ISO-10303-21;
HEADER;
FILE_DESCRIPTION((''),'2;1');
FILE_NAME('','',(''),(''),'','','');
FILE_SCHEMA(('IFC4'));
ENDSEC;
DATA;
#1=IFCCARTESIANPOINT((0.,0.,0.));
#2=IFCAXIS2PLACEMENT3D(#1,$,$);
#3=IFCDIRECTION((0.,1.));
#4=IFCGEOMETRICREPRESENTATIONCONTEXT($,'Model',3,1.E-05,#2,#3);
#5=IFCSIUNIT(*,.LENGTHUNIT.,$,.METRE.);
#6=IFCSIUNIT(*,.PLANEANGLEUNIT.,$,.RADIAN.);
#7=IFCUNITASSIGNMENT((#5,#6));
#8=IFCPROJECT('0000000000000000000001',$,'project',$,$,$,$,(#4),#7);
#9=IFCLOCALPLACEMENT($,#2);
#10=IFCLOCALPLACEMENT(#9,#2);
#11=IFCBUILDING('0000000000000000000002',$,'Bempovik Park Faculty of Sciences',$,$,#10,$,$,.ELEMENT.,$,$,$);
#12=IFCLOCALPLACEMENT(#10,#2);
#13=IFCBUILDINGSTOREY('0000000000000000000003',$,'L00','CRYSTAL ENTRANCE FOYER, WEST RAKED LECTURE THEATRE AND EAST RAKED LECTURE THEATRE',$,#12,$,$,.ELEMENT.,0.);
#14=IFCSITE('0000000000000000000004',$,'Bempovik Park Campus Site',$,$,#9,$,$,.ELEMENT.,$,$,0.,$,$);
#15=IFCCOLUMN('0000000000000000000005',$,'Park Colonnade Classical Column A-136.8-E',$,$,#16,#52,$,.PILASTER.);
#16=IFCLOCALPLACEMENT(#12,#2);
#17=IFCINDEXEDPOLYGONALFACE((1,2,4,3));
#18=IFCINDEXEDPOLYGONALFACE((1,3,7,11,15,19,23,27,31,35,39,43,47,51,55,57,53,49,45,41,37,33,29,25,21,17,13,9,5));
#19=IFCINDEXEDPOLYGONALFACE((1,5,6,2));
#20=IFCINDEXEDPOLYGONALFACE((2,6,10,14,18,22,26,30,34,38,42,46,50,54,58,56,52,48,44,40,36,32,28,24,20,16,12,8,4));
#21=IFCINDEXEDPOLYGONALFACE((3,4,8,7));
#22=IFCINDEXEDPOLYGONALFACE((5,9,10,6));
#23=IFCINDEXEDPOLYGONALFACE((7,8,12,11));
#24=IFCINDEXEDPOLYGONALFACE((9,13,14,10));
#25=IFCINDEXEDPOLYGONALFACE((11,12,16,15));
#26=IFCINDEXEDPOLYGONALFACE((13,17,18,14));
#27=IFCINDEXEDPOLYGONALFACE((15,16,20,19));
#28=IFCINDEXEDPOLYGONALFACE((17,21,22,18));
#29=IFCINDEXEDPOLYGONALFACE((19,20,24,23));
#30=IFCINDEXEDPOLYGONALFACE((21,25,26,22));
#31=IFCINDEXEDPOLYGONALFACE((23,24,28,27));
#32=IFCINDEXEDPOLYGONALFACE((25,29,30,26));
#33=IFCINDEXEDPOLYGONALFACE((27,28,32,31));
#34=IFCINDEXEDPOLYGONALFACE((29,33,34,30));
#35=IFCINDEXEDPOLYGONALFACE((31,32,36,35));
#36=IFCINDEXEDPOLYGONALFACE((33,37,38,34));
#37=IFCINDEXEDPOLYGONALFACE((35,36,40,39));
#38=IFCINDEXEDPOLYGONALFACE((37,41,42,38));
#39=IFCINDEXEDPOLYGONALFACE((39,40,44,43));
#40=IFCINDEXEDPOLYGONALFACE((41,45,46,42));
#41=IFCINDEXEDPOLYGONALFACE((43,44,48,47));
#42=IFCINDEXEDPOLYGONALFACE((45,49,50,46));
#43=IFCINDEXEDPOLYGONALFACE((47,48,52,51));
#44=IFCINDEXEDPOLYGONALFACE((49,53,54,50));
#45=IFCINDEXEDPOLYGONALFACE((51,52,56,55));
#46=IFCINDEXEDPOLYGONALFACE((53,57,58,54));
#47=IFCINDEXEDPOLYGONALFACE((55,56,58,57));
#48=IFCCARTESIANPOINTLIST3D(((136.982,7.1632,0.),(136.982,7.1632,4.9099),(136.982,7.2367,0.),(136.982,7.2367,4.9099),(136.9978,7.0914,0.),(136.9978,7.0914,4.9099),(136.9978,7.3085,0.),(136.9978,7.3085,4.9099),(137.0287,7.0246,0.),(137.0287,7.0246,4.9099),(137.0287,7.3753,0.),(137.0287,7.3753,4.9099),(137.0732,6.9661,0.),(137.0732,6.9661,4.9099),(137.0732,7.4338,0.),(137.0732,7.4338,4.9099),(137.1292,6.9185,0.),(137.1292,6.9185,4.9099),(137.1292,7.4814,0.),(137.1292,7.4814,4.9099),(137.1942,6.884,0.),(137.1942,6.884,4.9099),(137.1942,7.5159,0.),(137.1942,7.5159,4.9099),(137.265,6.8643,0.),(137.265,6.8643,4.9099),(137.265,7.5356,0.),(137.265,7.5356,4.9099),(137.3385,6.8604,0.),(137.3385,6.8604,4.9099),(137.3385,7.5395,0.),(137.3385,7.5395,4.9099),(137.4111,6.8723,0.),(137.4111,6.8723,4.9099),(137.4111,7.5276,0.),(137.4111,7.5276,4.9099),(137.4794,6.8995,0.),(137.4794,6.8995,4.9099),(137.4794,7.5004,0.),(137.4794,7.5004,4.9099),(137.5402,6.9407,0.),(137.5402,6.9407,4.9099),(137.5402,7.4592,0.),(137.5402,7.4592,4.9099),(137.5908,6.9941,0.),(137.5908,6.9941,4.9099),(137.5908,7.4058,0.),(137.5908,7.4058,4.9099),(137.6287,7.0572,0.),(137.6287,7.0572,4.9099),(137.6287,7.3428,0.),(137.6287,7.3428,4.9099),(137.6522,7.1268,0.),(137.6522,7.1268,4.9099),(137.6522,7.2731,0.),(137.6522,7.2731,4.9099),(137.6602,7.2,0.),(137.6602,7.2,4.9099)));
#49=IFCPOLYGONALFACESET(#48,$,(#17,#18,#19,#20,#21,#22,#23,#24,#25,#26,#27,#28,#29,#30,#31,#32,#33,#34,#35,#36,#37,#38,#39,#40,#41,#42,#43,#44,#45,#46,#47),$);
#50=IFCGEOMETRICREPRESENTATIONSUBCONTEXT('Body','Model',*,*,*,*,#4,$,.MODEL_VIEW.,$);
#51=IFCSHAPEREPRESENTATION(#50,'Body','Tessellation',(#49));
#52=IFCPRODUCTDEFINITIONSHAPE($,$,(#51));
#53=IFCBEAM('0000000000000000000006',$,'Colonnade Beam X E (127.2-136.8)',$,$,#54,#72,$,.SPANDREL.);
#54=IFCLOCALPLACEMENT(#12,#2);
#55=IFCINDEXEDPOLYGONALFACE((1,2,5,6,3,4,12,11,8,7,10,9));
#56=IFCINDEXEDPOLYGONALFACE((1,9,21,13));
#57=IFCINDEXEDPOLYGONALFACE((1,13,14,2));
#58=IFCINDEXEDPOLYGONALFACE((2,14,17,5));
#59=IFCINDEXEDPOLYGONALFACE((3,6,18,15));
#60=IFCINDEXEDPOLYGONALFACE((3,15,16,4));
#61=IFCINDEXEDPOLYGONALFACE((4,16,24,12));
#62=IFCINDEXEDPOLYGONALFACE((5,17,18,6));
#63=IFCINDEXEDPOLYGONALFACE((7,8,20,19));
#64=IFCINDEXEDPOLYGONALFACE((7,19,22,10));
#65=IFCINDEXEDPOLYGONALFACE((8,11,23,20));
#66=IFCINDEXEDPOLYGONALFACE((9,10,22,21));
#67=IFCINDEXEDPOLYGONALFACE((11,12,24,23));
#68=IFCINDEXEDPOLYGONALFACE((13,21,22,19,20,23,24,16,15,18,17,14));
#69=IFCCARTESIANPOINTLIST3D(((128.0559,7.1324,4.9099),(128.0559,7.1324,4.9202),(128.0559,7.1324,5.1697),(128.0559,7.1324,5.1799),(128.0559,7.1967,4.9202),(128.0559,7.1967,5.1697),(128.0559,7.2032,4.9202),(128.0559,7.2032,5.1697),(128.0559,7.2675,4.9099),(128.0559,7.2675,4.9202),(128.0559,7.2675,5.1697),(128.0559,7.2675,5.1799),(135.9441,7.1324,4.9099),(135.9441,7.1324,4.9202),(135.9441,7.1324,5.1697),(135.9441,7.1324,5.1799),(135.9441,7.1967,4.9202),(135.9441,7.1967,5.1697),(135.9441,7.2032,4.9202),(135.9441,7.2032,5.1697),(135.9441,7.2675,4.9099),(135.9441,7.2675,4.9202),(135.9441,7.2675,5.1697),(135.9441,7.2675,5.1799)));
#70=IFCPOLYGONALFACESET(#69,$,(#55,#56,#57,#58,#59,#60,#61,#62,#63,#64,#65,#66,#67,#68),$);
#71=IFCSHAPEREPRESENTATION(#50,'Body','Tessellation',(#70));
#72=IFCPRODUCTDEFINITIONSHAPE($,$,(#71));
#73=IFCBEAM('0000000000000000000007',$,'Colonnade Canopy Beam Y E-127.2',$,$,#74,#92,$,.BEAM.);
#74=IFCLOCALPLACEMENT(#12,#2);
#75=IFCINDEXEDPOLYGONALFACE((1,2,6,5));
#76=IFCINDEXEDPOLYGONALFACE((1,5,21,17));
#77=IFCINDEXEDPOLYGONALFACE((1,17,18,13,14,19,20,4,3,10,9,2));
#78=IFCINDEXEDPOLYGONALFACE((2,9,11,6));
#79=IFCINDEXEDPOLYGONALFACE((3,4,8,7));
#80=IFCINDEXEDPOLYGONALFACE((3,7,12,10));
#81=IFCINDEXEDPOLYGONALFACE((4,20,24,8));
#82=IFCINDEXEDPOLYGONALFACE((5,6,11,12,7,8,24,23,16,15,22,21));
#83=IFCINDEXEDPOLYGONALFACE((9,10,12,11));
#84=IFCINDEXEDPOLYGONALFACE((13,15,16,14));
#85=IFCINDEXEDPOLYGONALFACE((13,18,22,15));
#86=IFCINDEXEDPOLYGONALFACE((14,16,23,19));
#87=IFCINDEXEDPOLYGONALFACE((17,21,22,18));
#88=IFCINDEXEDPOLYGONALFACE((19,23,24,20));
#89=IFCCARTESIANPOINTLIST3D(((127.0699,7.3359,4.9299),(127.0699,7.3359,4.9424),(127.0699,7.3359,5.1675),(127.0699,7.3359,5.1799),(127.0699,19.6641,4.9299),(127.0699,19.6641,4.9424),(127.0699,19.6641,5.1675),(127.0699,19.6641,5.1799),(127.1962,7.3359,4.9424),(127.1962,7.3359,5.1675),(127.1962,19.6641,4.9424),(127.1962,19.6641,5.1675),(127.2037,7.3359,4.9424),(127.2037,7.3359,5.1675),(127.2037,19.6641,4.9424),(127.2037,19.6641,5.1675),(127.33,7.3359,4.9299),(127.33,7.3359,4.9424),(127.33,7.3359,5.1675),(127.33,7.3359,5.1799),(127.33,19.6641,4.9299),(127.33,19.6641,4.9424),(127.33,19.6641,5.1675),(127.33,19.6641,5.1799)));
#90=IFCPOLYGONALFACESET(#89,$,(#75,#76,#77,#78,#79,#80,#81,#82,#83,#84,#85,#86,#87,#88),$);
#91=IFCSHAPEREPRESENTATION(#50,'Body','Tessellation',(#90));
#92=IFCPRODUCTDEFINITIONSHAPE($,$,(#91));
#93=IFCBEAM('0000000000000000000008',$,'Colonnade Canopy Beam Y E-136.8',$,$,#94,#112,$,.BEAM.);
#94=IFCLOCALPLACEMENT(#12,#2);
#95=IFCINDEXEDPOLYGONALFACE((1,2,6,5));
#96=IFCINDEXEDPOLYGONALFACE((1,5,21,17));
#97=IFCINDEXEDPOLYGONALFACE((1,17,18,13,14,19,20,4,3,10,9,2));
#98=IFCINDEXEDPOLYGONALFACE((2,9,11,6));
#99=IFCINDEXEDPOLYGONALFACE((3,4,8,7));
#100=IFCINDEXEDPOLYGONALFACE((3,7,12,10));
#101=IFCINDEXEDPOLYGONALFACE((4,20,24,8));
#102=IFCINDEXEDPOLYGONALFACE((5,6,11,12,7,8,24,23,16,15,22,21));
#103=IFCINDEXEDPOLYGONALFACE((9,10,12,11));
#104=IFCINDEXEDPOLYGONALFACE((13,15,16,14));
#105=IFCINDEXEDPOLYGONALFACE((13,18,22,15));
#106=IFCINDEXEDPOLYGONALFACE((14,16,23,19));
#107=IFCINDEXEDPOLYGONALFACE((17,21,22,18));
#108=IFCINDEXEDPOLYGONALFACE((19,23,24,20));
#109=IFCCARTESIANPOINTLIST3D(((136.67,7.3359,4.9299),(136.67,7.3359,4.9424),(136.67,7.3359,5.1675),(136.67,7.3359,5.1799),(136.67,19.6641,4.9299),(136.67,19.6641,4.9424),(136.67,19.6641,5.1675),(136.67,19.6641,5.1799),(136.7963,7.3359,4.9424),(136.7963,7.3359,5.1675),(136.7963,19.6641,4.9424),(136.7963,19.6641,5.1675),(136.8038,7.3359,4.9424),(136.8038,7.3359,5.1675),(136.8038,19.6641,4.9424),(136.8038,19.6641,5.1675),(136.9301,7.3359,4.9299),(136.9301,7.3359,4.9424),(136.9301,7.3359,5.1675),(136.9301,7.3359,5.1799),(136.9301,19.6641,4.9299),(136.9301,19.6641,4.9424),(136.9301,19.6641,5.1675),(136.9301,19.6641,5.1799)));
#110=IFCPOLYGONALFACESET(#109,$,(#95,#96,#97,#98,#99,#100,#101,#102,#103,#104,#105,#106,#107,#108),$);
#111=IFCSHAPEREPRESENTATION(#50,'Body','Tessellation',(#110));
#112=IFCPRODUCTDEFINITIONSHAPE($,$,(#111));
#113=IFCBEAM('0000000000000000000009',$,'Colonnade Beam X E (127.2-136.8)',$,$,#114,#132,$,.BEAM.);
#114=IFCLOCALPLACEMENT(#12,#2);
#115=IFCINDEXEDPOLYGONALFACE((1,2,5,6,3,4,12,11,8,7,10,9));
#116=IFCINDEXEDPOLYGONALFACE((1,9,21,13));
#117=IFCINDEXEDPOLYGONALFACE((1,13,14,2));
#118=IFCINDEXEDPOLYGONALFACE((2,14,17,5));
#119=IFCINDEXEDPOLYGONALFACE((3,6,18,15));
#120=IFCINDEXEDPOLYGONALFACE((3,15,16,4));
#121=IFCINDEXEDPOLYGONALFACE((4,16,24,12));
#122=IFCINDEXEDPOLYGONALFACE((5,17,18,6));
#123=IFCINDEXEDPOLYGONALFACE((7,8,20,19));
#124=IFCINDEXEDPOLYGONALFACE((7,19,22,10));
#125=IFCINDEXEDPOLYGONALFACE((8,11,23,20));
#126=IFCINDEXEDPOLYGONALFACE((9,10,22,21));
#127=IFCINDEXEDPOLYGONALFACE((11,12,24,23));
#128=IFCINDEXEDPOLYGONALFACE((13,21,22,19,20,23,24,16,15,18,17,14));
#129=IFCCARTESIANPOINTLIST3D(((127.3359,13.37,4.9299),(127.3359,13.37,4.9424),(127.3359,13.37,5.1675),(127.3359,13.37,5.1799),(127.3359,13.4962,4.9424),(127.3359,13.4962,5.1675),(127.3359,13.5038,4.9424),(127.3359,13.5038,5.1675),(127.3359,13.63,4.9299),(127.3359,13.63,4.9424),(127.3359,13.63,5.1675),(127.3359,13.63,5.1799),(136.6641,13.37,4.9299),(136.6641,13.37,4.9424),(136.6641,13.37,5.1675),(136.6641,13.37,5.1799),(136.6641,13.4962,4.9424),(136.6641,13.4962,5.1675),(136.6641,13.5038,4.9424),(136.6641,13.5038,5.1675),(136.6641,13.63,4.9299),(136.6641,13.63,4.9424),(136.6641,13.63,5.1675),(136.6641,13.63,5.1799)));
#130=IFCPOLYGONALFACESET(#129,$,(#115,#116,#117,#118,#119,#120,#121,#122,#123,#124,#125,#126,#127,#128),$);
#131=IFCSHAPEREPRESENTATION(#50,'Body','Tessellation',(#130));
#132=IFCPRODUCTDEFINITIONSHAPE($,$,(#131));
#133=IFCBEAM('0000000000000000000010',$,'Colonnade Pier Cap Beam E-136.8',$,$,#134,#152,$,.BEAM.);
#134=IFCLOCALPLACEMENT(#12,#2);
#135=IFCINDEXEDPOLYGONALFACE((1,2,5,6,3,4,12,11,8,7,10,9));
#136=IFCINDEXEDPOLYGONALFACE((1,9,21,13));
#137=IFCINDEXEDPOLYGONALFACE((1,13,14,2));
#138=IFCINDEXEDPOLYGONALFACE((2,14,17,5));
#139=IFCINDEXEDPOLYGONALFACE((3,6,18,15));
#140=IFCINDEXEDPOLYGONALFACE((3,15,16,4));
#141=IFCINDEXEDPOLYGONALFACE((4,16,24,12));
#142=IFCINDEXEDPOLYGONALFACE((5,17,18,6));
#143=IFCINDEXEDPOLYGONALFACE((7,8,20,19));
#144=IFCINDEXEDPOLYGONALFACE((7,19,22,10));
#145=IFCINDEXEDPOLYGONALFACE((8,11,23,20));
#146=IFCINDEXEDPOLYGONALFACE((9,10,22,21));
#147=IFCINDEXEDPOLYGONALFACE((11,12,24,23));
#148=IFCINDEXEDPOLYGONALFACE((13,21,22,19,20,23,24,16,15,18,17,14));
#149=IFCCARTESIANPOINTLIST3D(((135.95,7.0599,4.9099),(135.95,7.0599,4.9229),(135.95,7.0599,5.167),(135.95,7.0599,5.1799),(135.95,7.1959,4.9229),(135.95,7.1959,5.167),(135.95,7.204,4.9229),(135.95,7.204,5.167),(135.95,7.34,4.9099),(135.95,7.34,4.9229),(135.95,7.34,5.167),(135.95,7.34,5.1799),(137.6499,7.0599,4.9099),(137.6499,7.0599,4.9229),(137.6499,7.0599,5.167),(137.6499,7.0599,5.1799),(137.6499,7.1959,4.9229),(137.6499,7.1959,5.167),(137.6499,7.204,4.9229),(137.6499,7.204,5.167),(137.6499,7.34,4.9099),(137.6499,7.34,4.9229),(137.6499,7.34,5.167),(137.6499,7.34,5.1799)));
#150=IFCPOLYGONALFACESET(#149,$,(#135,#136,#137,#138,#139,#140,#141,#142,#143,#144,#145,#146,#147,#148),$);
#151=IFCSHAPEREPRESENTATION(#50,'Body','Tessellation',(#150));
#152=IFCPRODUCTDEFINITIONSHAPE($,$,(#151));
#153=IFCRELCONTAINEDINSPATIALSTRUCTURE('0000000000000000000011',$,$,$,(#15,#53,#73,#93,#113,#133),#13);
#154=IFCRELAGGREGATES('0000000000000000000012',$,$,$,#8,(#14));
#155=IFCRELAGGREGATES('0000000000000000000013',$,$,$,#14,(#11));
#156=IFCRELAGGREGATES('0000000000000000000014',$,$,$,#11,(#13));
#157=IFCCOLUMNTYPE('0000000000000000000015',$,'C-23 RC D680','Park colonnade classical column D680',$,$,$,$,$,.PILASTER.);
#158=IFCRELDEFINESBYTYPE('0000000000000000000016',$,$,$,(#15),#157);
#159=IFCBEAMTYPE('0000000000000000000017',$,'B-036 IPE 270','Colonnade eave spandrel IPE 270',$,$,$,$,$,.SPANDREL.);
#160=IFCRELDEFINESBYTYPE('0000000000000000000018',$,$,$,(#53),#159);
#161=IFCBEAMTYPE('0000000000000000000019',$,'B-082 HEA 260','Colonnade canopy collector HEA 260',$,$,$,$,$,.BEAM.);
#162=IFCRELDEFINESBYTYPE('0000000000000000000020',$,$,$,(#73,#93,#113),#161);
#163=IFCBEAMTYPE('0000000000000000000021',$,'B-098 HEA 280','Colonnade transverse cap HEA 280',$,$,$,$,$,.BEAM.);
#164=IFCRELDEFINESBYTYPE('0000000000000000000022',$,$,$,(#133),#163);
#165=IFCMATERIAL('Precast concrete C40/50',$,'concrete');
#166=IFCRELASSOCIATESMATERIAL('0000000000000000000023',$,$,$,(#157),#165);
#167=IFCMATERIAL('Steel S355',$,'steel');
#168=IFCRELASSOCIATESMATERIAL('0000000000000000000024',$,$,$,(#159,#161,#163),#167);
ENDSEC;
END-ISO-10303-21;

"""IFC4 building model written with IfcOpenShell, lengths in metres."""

from ifc_helpers import new_model, si_unit, direction, frame, origin, origin_2d, place, context, subcontext, project, spatial, circle, i_section, extrude, material, material_profile, profile_set, type_object, element, save


model = new_model("IFC4")

# Units and contexts
model_context = context("Model", 3, precision=1e-05, world=origin(), true_north=direction((0.0, 1.0)))
body_context = subcontext(model_context, "Body", "Model", "MODEL_VIEW")
ifc_project = project(units=[si_unit("LENGTHUNIT", "METRE"), si_unit("PLANEANGLEUNIT", "RADIAN")], contexts=[model_context])

# Site, building, storey
site_placement = place(None, origin())
site = spatial("IfcSite", under=ifc_project, at=site_placement, Name="Bempovik Park Campus Site", CompositionType="ELEMENT", RefElevation=0.0)
building_placement = place(site_placement, origin())
building = spatial("IfcBuilding", under=site, at=building_placement, Name="Bempovik Park Faculty of Sciences", CompositionType="ELEMENT")
storey_placement = place(building_placement, origin())
storey = spatial("IfcBuildingStorey", under=building, at=storey_placement, Name="L00", Description="CRYSTAL ENTRANCE FOYER, WEST RAKED LECTURE THEATRE AND EAST RAKED LECTURE THEATRE", CompositionType="ELEMENT", Elevation=0.0)

# Column
ifc_material_1 = material(Name="Precast concrete C40/50", Category="concrete")
ifc_material_profile_1 = material_profile(ifc_material_1, circle(Radius=0.3401, at=origin_2d()), Name="RC D680")
ifc_profile_set_1 = profile_set([ifc_material_profile_1], Name="Precast concrete C40/50")
column_type = type_object("IfcColumnType", Name="C-23 RC D680", Description="Park colonnade classical column D680", PredefinedType="PILASTER", material=ifc_profile_set_1)
for number, where, z_axis, x_axis, name in (
    (1, (137.3201, 7.2, 0.0), (0.0, 0.0, 1.0), (1.0, 0.0, 0.0), "Park Colonnade Classical Column A-136.8-E"),
):
    element("IfcColumn", number, at=place(storey_placement, frame(where, z_axis=z_axis, x_axis=x_axis)), inside=storey, type_object=column_type, Name=name, PredefinedType="PILASTER", context=body_context, shape_type="SweptSolid", body=[
        extrude(circle(Radius=0.3401, at=origin_2d()), origin(), (0.0, 0.0, 1.0), 4.9099),
    ])

# Beams
ifc_material_2 = material(Name="Steel S355", Category="steel")
ifc_material_profile_2 = material_profile(ifc_material_2, i_section(OverallWidth=0.135, OverallDepth=0.27, WebThickness=0.0066, FlangeThickness=0.0103, at=origin_2d()), Name="IPE 270")
ifc_profile_set_2 = profile_set([ifc_material_profile_2], Name="Steel S355")
beam_type_1 = type_object("IfcBeamType", Name="B-036 IPE 270", Description="Colonnade eave spandrel IPE 270", PredefinedType="SPANDREL", material=ifc_profile_set_2)
beam_1_placement = place(storey_placement, frame((128.0559, 7.2, 5.0449), z_axis=(1.0, 0.0, 0.0), x_axis=(0.0, 1.0, 0.0)))
element("IfcBeam", 2, at=beam_1_placement, inside=storey, type_object=beam_type_1, Name="Colonnade Beam X E (127.2-136.8)", PredefinedType="SPANDREL", context=body_context, shape_type="SweptSolid", body=[
    extrude(i_section(OverallWidth=0.135, OverallDepth=0.27, WebThickness=0.0066, FlangeThickness=0.0103, at=origin_2d()), origin(), (0.0, 0.0, 1.0), 7.8882),
])
ifc_material_profile_3 = material_profile(ifc_material_2, i_section(OverallWidth=0.26, OverallDepth=0.25, WebThickness=0.0076, FlangeThickness=0.0125, at=origin_2d()), Name="HEA 260")
ifc_profile_set_3 = profile_set([ifc_material_profile_3], Name="Steel S355")
beam_type_2 = type_object("IfcBeamType", Name="B-082 HEA 260", Description="Colonnade canopy collector HEA 260", PredefinedType="BEAM", material=ifc_profile_set_3)
for number, where, z_axis, x_axis, name in (
    (3, (127.2, 7.3359, 5.0549), (0.0, 1.0, 0.0), (-1.0, 0.0, 0.0), "Colonnade Canopy Beam Y E-127.2"),
    (4, (136.8, 7.3359, 5.0549), (0.0, 1.0, 0.0), (-1.0, 0.0, 0.0), "Colonnade Canopy Beam Y E-136.8"),
):
    element("IfcBeam", number, at=place(storey_placement, frame(where, z_axis=z_axis, x_axis=x_axis)), inside=storey, type_object=beam_type_2, Name=name, PredefinedType="BEAM", context=body_context, shape_type="SweptSolid", body=[
        extrude(i_section(OverallWidth=0.26, OverallDepth=0.25, WebThickness=0.0076, FlangeThickness=0.0125, at=origin_2d()), origin(), (0.0, 0.0, 1.0), 12.3281),
    ])
beam_2_placement = place(storey_placement, frame((127.3359, 13.5, 5.0549), z_axis=(1.0, 0.0, 0.0), x_axis=(0.0, 1.0, 0.0)))
element("IfcBeam", 5, at=beam_2_placement, inside=storey, type_object=beam_type_2, Name="Colonnade Beam X E (127.2-136.8)", PredefinedType="BEAM", context=body_context, shape_type="SweptSolid", body=[
    extrude(i_section(OverallWidth=0.26, OverallDepth=0.25, WebThickness=0.0076, FlangeThickness=0.0125, at=origin_2d()), origin(), (0.0, 0.0, 1.0), 9.3281),
])
ifc_material_profile_4 = material_profile(ifc_material_2, i_section(OverallWidth=0.28, OverallDepth=0.27, WebThickness=0.0081, FlangeThickness=0.0129, at=origin_2d()), Name="HEA 280")
ifc_profile_set_4 = profile_set([ifc_material_profile_4], Name="Steel S355")
beam_type_3 = type_object("IfcBeamType", Name="B-098 HEA 280", Description="Colonnade transverse cap HEA 280", PredefinedType="BEAM", material=ifc_profile_set_4)
beam_3_placement = place(storey_placement, frame((135.95, 7.2, 5.0449), z_axis=(1.0, 0.0, 0.0), x_axis=(0.0, 1.0, 0.0)))
element("IfcBeam", 6, at=beam_3_placement, inside=storey, type_object=beam_type_3, Name="Colonnade Pier Cap Beam E-136.8", PredefinedType="BEAM", context=body_context, shape_type="SweptSolid", body=[
    extrude(i_section(OverallWidth=0.28, OverallDepth=0.27, WebThickness=0.0081, FlangeThickness=0.0129, at=origin_2d()), origin(), (0.0, 0.0, 1.0), 1.7),
])

save(model, "model.ifc")
